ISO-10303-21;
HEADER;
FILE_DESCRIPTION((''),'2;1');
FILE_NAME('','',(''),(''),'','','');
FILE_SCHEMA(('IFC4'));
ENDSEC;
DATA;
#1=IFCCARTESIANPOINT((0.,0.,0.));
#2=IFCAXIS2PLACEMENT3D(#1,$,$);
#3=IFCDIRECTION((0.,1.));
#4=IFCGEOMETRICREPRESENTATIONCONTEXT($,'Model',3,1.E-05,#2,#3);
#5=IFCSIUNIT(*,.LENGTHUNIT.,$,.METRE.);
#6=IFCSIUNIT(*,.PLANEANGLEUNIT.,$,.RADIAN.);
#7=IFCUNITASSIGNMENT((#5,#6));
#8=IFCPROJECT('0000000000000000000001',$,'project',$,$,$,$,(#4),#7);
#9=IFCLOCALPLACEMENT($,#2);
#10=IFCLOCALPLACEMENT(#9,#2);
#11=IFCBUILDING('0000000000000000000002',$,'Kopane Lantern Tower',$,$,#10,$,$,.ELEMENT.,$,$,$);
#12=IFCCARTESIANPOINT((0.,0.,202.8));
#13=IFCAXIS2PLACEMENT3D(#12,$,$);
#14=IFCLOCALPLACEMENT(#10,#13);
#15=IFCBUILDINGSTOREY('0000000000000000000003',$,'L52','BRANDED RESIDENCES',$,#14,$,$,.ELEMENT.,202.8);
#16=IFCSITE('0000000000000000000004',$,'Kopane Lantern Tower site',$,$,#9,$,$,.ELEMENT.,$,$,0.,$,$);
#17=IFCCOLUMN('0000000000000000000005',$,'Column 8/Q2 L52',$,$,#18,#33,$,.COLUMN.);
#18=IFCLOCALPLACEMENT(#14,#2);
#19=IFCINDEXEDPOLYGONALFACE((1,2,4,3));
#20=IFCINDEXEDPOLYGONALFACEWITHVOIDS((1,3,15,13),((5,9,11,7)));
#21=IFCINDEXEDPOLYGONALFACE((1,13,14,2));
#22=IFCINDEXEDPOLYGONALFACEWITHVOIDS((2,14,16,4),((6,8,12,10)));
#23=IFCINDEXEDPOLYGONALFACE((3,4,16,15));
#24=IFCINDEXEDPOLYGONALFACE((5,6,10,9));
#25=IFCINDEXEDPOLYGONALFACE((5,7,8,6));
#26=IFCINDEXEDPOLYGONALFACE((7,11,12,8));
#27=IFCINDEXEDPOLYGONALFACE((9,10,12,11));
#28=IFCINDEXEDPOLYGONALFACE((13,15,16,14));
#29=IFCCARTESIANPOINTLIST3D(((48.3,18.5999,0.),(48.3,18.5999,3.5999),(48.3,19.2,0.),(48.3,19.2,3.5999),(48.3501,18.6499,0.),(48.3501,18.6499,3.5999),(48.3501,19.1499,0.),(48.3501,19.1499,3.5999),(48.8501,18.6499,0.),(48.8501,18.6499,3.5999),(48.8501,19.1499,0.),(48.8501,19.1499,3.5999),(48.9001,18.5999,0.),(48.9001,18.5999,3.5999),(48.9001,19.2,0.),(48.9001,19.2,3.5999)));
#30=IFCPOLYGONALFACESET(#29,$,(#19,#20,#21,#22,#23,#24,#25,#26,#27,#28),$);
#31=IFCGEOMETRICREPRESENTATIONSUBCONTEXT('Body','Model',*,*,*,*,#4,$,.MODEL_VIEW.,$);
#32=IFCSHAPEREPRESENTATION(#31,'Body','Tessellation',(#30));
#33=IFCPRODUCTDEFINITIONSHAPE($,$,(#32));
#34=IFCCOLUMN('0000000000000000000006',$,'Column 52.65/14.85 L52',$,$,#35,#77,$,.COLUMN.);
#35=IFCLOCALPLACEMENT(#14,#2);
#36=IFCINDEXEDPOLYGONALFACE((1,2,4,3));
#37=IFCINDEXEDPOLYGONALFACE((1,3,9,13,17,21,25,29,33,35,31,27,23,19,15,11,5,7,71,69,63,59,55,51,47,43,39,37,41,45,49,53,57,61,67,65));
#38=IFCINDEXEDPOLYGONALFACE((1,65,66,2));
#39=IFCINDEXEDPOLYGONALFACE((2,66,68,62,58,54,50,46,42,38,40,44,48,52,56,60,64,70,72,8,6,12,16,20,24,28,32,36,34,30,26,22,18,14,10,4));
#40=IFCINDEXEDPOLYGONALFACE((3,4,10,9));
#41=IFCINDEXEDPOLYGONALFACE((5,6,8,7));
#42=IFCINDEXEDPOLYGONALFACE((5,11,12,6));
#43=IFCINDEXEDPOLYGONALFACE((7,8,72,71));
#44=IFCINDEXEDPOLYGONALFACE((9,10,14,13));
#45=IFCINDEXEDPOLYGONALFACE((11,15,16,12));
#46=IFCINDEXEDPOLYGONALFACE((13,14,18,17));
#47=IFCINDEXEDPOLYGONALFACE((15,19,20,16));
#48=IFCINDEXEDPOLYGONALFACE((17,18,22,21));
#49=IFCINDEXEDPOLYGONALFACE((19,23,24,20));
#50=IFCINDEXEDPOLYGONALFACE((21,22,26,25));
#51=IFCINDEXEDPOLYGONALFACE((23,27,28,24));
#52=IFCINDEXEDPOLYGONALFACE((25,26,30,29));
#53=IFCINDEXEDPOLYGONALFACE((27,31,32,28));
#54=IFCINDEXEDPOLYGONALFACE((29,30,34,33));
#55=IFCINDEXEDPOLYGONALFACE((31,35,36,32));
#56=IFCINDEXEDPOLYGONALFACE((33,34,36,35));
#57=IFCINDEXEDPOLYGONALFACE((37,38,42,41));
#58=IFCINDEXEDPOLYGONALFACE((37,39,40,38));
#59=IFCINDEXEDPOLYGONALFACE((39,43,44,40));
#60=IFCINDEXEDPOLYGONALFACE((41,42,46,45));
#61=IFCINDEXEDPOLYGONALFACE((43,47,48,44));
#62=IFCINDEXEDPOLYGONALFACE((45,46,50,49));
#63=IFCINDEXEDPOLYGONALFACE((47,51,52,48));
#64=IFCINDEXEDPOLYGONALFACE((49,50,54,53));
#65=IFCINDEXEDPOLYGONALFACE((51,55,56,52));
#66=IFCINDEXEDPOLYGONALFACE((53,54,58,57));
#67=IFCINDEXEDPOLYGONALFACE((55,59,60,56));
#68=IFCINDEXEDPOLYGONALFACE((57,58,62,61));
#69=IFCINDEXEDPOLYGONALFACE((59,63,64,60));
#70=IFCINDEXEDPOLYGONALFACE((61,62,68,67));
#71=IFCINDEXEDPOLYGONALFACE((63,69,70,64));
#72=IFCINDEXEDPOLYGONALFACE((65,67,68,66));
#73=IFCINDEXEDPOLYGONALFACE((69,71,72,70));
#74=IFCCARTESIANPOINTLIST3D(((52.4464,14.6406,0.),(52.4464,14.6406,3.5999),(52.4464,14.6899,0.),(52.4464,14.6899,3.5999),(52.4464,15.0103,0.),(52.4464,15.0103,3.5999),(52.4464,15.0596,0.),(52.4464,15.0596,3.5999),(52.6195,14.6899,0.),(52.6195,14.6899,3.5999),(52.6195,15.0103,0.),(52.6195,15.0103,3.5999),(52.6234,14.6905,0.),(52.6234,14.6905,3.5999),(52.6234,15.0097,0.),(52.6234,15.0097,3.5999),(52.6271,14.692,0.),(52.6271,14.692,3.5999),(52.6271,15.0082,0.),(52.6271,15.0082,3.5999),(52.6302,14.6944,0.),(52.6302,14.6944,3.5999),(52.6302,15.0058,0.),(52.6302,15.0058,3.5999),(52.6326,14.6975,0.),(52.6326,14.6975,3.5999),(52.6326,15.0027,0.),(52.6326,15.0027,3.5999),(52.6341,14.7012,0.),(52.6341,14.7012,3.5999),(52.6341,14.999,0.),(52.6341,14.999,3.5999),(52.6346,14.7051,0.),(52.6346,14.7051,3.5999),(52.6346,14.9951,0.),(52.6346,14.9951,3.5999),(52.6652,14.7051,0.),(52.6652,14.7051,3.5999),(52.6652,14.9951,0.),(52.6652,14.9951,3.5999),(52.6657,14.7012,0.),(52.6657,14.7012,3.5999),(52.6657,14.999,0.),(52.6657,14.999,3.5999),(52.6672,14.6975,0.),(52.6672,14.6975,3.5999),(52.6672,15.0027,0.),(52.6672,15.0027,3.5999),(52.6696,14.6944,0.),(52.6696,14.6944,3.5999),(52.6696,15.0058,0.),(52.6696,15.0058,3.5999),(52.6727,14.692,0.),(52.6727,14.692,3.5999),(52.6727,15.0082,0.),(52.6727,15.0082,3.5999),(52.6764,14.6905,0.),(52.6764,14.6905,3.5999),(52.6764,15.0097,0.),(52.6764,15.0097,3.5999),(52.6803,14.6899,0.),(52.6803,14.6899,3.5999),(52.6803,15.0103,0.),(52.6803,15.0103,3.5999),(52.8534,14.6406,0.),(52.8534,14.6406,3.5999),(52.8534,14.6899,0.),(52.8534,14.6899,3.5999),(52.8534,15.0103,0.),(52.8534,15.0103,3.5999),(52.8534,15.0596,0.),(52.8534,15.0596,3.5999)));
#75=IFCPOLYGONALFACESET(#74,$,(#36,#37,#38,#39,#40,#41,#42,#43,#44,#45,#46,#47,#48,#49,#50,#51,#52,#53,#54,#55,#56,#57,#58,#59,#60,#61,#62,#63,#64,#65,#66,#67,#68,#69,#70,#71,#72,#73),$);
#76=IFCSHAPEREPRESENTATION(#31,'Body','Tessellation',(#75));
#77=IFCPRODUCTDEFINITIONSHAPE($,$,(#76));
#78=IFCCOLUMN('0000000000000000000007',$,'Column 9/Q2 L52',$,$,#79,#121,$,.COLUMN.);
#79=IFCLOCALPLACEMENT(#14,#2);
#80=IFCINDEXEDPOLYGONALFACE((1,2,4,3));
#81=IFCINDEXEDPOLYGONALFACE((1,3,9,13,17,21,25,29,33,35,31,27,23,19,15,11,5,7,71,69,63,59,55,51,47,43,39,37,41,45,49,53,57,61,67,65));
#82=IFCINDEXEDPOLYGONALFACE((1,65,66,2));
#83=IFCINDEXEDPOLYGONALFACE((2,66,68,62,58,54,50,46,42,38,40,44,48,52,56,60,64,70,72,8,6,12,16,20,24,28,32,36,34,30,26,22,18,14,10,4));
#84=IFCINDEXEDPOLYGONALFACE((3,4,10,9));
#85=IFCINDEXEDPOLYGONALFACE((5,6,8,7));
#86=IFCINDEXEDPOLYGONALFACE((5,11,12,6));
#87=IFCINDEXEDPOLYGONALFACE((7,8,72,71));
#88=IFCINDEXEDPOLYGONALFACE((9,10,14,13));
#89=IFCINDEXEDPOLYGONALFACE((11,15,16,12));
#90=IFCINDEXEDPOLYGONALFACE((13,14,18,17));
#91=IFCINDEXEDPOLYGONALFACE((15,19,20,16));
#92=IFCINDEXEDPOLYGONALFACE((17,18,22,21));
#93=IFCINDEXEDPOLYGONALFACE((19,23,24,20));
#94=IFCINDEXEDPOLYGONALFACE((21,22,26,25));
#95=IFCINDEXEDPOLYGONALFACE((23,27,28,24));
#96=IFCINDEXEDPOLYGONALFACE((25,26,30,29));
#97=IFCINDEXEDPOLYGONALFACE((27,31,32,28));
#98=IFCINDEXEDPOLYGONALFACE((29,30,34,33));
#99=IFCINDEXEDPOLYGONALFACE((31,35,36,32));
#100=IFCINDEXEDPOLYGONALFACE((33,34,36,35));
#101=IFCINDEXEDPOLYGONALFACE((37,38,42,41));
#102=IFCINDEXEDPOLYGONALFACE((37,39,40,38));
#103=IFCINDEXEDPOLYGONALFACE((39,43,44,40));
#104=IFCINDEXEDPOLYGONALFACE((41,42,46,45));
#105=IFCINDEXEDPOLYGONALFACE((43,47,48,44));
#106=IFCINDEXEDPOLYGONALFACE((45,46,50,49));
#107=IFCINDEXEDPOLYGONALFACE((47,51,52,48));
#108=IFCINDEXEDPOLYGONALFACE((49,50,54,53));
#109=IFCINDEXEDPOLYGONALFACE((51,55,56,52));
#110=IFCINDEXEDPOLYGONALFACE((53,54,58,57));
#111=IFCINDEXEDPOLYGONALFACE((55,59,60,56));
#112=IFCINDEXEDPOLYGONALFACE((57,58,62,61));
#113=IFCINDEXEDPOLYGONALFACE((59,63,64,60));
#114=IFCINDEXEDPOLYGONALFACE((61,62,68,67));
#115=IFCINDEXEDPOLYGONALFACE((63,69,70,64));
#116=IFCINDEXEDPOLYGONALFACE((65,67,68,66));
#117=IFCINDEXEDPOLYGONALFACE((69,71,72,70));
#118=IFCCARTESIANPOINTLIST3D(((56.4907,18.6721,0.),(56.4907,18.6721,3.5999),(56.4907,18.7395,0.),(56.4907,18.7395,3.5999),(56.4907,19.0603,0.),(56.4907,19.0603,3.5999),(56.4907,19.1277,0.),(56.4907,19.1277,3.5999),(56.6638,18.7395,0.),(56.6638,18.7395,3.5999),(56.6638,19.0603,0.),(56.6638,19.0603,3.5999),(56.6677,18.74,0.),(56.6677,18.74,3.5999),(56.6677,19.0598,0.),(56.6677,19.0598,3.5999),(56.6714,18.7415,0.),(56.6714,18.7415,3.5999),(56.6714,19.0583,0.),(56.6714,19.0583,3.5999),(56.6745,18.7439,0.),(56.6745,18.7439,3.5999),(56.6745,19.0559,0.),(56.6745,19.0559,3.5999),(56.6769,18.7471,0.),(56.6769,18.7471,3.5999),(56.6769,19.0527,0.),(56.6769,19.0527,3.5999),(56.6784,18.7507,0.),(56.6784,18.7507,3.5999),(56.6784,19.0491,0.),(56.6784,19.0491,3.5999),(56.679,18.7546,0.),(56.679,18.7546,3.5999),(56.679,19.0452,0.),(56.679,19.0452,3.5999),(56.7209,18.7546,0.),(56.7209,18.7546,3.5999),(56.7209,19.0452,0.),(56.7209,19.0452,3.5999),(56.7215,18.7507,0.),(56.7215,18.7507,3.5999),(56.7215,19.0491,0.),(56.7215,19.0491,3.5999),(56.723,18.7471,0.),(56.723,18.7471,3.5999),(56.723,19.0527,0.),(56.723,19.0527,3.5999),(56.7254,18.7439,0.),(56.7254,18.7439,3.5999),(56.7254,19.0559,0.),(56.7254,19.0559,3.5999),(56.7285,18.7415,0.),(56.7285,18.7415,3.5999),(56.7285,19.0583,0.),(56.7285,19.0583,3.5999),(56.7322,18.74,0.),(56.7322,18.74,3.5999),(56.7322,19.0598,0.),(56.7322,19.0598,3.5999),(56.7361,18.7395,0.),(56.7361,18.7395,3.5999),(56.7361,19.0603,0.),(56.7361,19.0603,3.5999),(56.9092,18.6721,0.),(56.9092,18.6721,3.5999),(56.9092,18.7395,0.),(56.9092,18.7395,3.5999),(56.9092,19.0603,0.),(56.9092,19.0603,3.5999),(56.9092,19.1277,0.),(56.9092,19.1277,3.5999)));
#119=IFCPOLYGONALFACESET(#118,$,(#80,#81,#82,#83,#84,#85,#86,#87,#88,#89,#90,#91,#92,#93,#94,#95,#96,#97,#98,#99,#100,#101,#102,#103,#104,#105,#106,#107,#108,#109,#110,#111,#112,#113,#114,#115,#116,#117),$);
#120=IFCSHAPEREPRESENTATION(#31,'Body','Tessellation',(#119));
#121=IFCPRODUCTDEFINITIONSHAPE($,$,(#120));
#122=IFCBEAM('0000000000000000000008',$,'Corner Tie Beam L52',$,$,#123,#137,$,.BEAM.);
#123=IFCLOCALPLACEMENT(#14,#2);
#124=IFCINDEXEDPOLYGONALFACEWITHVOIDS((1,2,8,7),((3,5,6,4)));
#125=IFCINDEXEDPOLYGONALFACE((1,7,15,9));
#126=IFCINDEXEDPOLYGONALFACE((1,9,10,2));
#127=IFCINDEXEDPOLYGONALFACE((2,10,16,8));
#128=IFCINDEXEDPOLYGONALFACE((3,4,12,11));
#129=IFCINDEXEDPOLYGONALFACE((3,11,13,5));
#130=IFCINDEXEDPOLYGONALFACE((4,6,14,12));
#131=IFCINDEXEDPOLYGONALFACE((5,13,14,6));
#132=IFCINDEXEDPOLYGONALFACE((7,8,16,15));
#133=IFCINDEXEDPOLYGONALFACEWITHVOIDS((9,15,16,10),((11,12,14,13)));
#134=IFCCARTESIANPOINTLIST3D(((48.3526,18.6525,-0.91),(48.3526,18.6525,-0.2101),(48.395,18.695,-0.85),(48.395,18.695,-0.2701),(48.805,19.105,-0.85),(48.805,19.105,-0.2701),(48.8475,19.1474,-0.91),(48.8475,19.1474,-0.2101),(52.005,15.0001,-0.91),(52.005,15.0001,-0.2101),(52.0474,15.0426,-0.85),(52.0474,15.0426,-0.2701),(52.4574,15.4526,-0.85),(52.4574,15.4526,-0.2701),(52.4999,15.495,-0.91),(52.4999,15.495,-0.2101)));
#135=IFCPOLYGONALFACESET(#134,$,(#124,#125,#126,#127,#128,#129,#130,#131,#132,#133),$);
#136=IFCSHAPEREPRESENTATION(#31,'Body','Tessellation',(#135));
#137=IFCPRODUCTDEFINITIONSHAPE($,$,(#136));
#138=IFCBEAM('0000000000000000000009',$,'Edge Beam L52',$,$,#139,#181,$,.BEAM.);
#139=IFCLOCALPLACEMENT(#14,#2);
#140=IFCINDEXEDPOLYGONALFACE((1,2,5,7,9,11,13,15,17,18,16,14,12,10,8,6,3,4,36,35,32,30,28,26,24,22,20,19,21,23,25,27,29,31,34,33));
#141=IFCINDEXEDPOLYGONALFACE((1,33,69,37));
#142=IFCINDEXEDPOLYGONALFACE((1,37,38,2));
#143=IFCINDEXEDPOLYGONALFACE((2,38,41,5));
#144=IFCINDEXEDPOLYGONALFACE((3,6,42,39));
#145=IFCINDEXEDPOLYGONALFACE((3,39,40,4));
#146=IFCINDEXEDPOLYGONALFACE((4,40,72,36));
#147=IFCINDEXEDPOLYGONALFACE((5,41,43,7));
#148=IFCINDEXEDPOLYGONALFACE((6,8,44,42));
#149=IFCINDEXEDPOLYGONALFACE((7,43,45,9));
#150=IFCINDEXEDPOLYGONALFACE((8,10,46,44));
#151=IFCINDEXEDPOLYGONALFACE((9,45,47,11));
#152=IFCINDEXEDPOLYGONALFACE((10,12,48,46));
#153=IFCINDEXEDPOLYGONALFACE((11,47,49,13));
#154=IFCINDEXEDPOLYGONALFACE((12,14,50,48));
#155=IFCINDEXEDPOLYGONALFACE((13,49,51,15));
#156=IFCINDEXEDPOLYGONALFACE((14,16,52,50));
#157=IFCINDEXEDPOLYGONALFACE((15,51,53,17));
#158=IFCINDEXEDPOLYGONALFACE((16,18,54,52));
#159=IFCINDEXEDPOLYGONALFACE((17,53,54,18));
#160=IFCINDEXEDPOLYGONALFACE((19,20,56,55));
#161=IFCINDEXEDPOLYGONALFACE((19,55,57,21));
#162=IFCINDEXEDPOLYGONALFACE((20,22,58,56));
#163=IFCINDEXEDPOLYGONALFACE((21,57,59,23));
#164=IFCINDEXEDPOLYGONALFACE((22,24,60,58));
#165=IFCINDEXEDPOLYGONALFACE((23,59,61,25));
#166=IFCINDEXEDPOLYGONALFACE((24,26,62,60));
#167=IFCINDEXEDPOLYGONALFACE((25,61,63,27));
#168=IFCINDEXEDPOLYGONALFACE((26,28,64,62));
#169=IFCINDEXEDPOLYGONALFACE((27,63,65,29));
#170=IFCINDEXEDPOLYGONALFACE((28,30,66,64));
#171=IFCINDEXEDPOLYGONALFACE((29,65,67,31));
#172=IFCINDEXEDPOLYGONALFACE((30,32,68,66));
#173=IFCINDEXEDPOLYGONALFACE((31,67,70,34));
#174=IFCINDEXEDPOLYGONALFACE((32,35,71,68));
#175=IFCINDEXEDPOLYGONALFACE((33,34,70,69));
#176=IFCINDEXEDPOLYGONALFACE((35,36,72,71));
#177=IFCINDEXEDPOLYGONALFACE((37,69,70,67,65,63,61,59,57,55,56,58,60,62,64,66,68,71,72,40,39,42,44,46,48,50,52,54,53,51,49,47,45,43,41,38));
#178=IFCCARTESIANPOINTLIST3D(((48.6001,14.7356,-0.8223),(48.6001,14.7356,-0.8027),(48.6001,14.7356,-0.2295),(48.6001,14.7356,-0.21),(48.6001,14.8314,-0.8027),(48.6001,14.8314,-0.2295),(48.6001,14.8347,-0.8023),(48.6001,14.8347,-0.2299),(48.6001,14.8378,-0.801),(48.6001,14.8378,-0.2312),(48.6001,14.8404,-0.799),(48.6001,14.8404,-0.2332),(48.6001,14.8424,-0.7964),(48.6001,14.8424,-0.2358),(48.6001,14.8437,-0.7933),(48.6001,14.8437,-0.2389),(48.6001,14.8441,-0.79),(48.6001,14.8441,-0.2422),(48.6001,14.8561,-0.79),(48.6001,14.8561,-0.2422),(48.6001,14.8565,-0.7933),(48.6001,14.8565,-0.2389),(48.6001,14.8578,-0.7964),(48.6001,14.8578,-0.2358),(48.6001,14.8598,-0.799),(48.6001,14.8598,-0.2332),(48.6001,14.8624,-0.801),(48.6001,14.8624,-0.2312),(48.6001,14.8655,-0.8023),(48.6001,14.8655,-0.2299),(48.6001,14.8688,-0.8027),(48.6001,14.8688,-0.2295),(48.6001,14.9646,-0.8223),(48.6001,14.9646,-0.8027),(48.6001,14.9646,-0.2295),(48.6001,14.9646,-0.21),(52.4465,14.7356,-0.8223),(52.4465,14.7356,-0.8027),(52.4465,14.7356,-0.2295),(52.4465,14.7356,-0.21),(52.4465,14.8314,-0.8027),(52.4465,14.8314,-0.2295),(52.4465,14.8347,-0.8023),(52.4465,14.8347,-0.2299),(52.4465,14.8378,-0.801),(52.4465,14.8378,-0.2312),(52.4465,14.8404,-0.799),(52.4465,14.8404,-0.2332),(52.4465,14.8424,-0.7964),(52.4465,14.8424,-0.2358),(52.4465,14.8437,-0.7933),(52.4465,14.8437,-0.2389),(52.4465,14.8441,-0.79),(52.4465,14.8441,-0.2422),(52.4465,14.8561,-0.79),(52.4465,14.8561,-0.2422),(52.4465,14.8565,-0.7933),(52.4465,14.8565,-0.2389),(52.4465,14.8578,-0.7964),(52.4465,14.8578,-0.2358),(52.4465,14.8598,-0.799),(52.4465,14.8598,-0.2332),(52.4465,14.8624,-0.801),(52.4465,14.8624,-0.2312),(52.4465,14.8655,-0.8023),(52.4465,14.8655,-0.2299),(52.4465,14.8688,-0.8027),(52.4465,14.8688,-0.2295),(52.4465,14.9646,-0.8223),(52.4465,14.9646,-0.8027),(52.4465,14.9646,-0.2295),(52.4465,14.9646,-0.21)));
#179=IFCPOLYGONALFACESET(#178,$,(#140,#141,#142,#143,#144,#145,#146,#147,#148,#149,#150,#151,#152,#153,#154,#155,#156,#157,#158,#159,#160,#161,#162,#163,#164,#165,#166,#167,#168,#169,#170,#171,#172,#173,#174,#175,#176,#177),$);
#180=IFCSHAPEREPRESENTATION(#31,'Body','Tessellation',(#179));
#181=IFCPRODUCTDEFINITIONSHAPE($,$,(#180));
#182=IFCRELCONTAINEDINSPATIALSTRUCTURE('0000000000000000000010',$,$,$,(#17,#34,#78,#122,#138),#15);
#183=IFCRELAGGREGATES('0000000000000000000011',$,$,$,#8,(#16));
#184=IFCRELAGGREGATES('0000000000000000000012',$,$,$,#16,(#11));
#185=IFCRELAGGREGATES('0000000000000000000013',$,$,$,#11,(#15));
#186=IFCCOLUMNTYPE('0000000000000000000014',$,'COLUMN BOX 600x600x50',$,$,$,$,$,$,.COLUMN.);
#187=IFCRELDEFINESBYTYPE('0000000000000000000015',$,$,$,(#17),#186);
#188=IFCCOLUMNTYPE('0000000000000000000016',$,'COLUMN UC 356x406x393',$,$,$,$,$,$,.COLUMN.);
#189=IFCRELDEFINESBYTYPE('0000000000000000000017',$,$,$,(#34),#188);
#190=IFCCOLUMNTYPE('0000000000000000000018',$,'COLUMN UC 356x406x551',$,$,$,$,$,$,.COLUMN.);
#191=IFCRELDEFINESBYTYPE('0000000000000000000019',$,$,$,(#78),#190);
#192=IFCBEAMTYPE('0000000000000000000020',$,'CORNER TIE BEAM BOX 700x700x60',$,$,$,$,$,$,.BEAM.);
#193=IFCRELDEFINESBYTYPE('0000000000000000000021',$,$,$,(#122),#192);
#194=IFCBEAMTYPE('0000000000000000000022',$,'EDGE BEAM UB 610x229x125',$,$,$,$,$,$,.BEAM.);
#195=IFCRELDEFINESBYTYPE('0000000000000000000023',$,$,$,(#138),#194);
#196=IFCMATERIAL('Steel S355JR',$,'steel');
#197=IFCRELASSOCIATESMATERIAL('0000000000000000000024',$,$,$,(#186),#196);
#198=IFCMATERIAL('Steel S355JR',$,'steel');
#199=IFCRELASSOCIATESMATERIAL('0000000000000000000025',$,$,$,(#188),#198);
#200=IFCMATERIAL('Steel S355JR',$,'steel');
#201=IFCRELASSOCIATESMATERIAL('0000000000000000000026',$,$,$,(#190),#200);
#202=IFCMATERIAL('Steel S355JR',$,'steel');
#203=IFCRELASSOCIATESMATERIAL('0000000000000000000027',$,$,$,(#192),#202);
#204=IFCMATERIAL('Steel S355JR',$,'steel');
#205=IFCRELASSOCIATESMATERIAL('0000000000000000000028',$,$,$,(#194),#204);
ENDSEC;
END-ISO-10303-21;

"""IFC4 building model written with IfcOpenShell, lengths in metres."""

from ifc_helpers import new_model, si_unit, direction, frame, origin, origin_2d, place, context, subcontext, project, spatial, hollow_rectangle, i_section, extrude, material, material_profile, profile_set, type_object, element, save


model = new_model("IFC4")

# Units and contexts
model_context = context("Model", 3, precision=1e-05, world=origin(), true_north=direction((0.0, 1.0)))
body_context = subcontext(model_context, "Body", "Model", "MODEL_VIEW")
ifc_project = project(units=[si_unit("LENGTHUNIT", "METRE"), si_unit("PLANEANGLEUNIT", "RADIAN")], contexts=[model_context])

# Site, building, storey
site_placement = place(None, origin())
site = spatial("IfcSite", under=ifc_project, at=site_placement, Name="Kopane Lantern Tower site", CompositionType="ELEMENT", RefElevation=0.0)
building_placement = place(site_placement, origin())
building = spatial("IfcBuilding", under=site, at=building_placement, Name="Kopane Lantern Tower", CompositionType="ELEMENT")
storey_placement = place(building_placement, frame((0.0, 0.0, 202.8)))
storey = spatial("IfcBuildingStorey", under=building, at=storey_placement, Name="L52", Description="BRANDED RESIDENCES", CompositionType="ELEMENT", Elevation=202.8)

# Columns
ifc_material_1 = material(Name="Steel S355JR", Category="steel")
ifc_material_profile_1 = material_profile(ifc_material_1, hollow_rectangle(XDim=0.6001, YDim=0.6001, WallThickness=0.05, at=origin_2d()), Name="BOX 600x600x50")
ifc_profile_set_1 = profile_set([ifc_material_profile_1], Name="Steel S355JR")
column_type_1 = type_object("IfcColumnType", Name="COLUMN BOX 600x600x50", PredefinedType="COLUMN", material=ifc_profile_set_1)
column_1_placement = place(storey_placement, frame((48.6001, 18.8999, 0.0), z_axis=(0.0, 0.0, 1.0), x_axis=(1.0, 0.0, 0.0)))
element("IfcColumn", 1, at=column_1_placement, inside=storey, type_object=column_type_1, Name="Column 8/Q2 L52", PredefinedType="COLUMN", context=body_context, shape_type="SweptSolid", body=[
    extrude(hollow_rectangle(XDim=0.6001, YDim=0.6001, WallThickness=0.05, at=origin_2d()), origin(), (0.0, 0.0, 1.0), 3.5999),
])
ifc_material_2 = material(Name="Steel S355JR", Category="steel")
ifc_material_profile_2 = material_profile(ifc_material_2, i_section(OverallWidth=0.407, OverallDepth=0.4189, WebThickness=0.0305, FlangeThickness=0.0493, FilletRadius=0.0151, at=origin_2d()), Name="UC 356x406x393")
ifc_profile_set_2 = profile_set([ifc_material_profile_2], Name="Steel S355JR")
column_type_2 = type_object("IfcColumnType", Name="COLUMN UC 356x406x393", PredefinedType="COLUMN", material=ifc_profile_set_2)
column_2_placement = place(storey_placement, frame((52.6499, 14.8501, 0.0), z_axis=(0.0, 0.0, 1.0), x_axis=(1.0, 0.0, 0.0)))
element("IfcColumn", 2, at=column_2_placement, inside=storey, type_object=column_type_2, Name="Column 52.65/14.85 L52", PredefinedType="COLUMN", context=body_context, shape_type="SweptSolid", body=[
    extrude(i_section(OverallWidth=0.407, OverallDepth=0.4189, WebThickness=0.0305, FlangeThickness=0.0493, FilletRadius=0.0151, at=origin_2d()), origin(), (0.0, 0.0, 1.0), 3.5999),
])
ifc_material_3 = material(Name="Steel S355JR", Category="steel")
ifc_material_profile_3 = material_profile(ifc_material_3, i_section(OverallWidth=0.4185, OverallDepth=0.4556, WebThickness=0.042, FlangeThickness=0.0674, FilletRadius=0.0151, at=origin_2d()), Name="UC 356x406x551")
ifc_profile_set_3 = profile_set([ifc_material_profile_3], Name="Steel S355JR")
column_type_3 = type_object("IfcColumnType", Name="COLUMN UC 356x406x551", PredefinedType="COLUMN", material=ifc_profile_set_3)
column_3_placement = place(storey_placement, frame((56.7, 18.8999, 0.0), z_axis=(0.0, 0.0, 1.0), x_axis=(1.0, 0.0, 0.0)))
element("IfcColumn", 3, at=column_3_placement, inside=storey, type_object=column_type_3, Name="Column 9/Q2 L52", PredefinedType="COLUMN", context=body_context, shape_type="SweptSolid", body=[
    extrude(i_section(OverallWidth=0.4185, OverallDepth=0.4556, WebThickness=0.042, FlangeThickness=0.0674, FilletRadius=0.0151, at=origin_2d()), origin(), (0.0, 0.0, 1.0), 3.5999),
])

# Beams
ifc_material_4 = material(Name="Steel S355JR", Category="steel")
ifc_material_profile_4 = material_profile(ifc_material_4, hollow_rectangle(XDim=0.7, YDim=0.7, WallThickness=0.0601, at=origin_2d()), Name="BOX 700x700x60")
ifc_profile_set_4 = profile_set([ifc_material_profile_4], Name="Steel S355JR")
beam_type_1 = type_object("IfcBeamType", Name="CORNER TIE BEAM BOX 700x700x60", PredefinedType="BEAM", material=ifc_profile_set_4)
beam_1_placement = place(storey_placement, frame((52.2524, 15.2476, -0.5601), z_axis=(-0.707107, 0.707107, 0.0), x_axis=(-0.707107, -0.707107, 0.0)))
element("IfcBeam", 4, at=beam_1_placement, inside=storey, type_object=beam_type_1, Name="Corner Tie Beam L52", PredefinedType="BEAM", context=body_context, shape_type="SweptSolid", body=[
    extrude(hollow_rectangle(XDim=0.7, YDim=0.7, WallThickness=0.0601, at=origin_2d()), origin(), (0.0, 0.0, 1.0), 5.1653),
])
ifc_material_5 = material(Name="Steel S355JR", Category="steel")
ifc_material_profile_5 = material_profile(ifc_material_5, i_section(OverallWidth=0.229, OverallDepth=0.6123, WebThickness=0.012, FlangeThickness=0.0195, FilletRadius=0.0127, at=origin_2d()), Name="UB 610x229x125")
ifc_profile_set_5 = profile_set([ifc_material_profile_5], Name="Steel S355JR")
beam_type_2 = type_object("IfcBeamType", Name="EDGE BEAM UB 610x229x125", PredefinedType="BEAM", material=ifc_profile_set_5)
for number, where, z_axis, x_axis, name in (
    (5, (52.4465, 14.8501, -0.5161), (-1.0, 0.0, 0.0), (0.0, -1.0, 0.0), "Edge Beam L52"),
):
    element("IfcBeam", number, at=place(storey_placement, frame(where, z_axis=z_axis, x_axis=x_axis)), inside=storey, type_object=beam_type_2, Name=name, PredefinedType="BEAM", context=body_context, shape_type="SweptSolid", body=[
        extrude(i_section(OverallWidth=0.229, OverallDepth=0.6123, WebThickness=0.012, FlangeThickness=0.0195, FilletRadius=0.0127, at=origin_2d()), origin(), (0.0, 0.0, 1.0), 3.8464),
    ])

save(model, "model.ifc")
